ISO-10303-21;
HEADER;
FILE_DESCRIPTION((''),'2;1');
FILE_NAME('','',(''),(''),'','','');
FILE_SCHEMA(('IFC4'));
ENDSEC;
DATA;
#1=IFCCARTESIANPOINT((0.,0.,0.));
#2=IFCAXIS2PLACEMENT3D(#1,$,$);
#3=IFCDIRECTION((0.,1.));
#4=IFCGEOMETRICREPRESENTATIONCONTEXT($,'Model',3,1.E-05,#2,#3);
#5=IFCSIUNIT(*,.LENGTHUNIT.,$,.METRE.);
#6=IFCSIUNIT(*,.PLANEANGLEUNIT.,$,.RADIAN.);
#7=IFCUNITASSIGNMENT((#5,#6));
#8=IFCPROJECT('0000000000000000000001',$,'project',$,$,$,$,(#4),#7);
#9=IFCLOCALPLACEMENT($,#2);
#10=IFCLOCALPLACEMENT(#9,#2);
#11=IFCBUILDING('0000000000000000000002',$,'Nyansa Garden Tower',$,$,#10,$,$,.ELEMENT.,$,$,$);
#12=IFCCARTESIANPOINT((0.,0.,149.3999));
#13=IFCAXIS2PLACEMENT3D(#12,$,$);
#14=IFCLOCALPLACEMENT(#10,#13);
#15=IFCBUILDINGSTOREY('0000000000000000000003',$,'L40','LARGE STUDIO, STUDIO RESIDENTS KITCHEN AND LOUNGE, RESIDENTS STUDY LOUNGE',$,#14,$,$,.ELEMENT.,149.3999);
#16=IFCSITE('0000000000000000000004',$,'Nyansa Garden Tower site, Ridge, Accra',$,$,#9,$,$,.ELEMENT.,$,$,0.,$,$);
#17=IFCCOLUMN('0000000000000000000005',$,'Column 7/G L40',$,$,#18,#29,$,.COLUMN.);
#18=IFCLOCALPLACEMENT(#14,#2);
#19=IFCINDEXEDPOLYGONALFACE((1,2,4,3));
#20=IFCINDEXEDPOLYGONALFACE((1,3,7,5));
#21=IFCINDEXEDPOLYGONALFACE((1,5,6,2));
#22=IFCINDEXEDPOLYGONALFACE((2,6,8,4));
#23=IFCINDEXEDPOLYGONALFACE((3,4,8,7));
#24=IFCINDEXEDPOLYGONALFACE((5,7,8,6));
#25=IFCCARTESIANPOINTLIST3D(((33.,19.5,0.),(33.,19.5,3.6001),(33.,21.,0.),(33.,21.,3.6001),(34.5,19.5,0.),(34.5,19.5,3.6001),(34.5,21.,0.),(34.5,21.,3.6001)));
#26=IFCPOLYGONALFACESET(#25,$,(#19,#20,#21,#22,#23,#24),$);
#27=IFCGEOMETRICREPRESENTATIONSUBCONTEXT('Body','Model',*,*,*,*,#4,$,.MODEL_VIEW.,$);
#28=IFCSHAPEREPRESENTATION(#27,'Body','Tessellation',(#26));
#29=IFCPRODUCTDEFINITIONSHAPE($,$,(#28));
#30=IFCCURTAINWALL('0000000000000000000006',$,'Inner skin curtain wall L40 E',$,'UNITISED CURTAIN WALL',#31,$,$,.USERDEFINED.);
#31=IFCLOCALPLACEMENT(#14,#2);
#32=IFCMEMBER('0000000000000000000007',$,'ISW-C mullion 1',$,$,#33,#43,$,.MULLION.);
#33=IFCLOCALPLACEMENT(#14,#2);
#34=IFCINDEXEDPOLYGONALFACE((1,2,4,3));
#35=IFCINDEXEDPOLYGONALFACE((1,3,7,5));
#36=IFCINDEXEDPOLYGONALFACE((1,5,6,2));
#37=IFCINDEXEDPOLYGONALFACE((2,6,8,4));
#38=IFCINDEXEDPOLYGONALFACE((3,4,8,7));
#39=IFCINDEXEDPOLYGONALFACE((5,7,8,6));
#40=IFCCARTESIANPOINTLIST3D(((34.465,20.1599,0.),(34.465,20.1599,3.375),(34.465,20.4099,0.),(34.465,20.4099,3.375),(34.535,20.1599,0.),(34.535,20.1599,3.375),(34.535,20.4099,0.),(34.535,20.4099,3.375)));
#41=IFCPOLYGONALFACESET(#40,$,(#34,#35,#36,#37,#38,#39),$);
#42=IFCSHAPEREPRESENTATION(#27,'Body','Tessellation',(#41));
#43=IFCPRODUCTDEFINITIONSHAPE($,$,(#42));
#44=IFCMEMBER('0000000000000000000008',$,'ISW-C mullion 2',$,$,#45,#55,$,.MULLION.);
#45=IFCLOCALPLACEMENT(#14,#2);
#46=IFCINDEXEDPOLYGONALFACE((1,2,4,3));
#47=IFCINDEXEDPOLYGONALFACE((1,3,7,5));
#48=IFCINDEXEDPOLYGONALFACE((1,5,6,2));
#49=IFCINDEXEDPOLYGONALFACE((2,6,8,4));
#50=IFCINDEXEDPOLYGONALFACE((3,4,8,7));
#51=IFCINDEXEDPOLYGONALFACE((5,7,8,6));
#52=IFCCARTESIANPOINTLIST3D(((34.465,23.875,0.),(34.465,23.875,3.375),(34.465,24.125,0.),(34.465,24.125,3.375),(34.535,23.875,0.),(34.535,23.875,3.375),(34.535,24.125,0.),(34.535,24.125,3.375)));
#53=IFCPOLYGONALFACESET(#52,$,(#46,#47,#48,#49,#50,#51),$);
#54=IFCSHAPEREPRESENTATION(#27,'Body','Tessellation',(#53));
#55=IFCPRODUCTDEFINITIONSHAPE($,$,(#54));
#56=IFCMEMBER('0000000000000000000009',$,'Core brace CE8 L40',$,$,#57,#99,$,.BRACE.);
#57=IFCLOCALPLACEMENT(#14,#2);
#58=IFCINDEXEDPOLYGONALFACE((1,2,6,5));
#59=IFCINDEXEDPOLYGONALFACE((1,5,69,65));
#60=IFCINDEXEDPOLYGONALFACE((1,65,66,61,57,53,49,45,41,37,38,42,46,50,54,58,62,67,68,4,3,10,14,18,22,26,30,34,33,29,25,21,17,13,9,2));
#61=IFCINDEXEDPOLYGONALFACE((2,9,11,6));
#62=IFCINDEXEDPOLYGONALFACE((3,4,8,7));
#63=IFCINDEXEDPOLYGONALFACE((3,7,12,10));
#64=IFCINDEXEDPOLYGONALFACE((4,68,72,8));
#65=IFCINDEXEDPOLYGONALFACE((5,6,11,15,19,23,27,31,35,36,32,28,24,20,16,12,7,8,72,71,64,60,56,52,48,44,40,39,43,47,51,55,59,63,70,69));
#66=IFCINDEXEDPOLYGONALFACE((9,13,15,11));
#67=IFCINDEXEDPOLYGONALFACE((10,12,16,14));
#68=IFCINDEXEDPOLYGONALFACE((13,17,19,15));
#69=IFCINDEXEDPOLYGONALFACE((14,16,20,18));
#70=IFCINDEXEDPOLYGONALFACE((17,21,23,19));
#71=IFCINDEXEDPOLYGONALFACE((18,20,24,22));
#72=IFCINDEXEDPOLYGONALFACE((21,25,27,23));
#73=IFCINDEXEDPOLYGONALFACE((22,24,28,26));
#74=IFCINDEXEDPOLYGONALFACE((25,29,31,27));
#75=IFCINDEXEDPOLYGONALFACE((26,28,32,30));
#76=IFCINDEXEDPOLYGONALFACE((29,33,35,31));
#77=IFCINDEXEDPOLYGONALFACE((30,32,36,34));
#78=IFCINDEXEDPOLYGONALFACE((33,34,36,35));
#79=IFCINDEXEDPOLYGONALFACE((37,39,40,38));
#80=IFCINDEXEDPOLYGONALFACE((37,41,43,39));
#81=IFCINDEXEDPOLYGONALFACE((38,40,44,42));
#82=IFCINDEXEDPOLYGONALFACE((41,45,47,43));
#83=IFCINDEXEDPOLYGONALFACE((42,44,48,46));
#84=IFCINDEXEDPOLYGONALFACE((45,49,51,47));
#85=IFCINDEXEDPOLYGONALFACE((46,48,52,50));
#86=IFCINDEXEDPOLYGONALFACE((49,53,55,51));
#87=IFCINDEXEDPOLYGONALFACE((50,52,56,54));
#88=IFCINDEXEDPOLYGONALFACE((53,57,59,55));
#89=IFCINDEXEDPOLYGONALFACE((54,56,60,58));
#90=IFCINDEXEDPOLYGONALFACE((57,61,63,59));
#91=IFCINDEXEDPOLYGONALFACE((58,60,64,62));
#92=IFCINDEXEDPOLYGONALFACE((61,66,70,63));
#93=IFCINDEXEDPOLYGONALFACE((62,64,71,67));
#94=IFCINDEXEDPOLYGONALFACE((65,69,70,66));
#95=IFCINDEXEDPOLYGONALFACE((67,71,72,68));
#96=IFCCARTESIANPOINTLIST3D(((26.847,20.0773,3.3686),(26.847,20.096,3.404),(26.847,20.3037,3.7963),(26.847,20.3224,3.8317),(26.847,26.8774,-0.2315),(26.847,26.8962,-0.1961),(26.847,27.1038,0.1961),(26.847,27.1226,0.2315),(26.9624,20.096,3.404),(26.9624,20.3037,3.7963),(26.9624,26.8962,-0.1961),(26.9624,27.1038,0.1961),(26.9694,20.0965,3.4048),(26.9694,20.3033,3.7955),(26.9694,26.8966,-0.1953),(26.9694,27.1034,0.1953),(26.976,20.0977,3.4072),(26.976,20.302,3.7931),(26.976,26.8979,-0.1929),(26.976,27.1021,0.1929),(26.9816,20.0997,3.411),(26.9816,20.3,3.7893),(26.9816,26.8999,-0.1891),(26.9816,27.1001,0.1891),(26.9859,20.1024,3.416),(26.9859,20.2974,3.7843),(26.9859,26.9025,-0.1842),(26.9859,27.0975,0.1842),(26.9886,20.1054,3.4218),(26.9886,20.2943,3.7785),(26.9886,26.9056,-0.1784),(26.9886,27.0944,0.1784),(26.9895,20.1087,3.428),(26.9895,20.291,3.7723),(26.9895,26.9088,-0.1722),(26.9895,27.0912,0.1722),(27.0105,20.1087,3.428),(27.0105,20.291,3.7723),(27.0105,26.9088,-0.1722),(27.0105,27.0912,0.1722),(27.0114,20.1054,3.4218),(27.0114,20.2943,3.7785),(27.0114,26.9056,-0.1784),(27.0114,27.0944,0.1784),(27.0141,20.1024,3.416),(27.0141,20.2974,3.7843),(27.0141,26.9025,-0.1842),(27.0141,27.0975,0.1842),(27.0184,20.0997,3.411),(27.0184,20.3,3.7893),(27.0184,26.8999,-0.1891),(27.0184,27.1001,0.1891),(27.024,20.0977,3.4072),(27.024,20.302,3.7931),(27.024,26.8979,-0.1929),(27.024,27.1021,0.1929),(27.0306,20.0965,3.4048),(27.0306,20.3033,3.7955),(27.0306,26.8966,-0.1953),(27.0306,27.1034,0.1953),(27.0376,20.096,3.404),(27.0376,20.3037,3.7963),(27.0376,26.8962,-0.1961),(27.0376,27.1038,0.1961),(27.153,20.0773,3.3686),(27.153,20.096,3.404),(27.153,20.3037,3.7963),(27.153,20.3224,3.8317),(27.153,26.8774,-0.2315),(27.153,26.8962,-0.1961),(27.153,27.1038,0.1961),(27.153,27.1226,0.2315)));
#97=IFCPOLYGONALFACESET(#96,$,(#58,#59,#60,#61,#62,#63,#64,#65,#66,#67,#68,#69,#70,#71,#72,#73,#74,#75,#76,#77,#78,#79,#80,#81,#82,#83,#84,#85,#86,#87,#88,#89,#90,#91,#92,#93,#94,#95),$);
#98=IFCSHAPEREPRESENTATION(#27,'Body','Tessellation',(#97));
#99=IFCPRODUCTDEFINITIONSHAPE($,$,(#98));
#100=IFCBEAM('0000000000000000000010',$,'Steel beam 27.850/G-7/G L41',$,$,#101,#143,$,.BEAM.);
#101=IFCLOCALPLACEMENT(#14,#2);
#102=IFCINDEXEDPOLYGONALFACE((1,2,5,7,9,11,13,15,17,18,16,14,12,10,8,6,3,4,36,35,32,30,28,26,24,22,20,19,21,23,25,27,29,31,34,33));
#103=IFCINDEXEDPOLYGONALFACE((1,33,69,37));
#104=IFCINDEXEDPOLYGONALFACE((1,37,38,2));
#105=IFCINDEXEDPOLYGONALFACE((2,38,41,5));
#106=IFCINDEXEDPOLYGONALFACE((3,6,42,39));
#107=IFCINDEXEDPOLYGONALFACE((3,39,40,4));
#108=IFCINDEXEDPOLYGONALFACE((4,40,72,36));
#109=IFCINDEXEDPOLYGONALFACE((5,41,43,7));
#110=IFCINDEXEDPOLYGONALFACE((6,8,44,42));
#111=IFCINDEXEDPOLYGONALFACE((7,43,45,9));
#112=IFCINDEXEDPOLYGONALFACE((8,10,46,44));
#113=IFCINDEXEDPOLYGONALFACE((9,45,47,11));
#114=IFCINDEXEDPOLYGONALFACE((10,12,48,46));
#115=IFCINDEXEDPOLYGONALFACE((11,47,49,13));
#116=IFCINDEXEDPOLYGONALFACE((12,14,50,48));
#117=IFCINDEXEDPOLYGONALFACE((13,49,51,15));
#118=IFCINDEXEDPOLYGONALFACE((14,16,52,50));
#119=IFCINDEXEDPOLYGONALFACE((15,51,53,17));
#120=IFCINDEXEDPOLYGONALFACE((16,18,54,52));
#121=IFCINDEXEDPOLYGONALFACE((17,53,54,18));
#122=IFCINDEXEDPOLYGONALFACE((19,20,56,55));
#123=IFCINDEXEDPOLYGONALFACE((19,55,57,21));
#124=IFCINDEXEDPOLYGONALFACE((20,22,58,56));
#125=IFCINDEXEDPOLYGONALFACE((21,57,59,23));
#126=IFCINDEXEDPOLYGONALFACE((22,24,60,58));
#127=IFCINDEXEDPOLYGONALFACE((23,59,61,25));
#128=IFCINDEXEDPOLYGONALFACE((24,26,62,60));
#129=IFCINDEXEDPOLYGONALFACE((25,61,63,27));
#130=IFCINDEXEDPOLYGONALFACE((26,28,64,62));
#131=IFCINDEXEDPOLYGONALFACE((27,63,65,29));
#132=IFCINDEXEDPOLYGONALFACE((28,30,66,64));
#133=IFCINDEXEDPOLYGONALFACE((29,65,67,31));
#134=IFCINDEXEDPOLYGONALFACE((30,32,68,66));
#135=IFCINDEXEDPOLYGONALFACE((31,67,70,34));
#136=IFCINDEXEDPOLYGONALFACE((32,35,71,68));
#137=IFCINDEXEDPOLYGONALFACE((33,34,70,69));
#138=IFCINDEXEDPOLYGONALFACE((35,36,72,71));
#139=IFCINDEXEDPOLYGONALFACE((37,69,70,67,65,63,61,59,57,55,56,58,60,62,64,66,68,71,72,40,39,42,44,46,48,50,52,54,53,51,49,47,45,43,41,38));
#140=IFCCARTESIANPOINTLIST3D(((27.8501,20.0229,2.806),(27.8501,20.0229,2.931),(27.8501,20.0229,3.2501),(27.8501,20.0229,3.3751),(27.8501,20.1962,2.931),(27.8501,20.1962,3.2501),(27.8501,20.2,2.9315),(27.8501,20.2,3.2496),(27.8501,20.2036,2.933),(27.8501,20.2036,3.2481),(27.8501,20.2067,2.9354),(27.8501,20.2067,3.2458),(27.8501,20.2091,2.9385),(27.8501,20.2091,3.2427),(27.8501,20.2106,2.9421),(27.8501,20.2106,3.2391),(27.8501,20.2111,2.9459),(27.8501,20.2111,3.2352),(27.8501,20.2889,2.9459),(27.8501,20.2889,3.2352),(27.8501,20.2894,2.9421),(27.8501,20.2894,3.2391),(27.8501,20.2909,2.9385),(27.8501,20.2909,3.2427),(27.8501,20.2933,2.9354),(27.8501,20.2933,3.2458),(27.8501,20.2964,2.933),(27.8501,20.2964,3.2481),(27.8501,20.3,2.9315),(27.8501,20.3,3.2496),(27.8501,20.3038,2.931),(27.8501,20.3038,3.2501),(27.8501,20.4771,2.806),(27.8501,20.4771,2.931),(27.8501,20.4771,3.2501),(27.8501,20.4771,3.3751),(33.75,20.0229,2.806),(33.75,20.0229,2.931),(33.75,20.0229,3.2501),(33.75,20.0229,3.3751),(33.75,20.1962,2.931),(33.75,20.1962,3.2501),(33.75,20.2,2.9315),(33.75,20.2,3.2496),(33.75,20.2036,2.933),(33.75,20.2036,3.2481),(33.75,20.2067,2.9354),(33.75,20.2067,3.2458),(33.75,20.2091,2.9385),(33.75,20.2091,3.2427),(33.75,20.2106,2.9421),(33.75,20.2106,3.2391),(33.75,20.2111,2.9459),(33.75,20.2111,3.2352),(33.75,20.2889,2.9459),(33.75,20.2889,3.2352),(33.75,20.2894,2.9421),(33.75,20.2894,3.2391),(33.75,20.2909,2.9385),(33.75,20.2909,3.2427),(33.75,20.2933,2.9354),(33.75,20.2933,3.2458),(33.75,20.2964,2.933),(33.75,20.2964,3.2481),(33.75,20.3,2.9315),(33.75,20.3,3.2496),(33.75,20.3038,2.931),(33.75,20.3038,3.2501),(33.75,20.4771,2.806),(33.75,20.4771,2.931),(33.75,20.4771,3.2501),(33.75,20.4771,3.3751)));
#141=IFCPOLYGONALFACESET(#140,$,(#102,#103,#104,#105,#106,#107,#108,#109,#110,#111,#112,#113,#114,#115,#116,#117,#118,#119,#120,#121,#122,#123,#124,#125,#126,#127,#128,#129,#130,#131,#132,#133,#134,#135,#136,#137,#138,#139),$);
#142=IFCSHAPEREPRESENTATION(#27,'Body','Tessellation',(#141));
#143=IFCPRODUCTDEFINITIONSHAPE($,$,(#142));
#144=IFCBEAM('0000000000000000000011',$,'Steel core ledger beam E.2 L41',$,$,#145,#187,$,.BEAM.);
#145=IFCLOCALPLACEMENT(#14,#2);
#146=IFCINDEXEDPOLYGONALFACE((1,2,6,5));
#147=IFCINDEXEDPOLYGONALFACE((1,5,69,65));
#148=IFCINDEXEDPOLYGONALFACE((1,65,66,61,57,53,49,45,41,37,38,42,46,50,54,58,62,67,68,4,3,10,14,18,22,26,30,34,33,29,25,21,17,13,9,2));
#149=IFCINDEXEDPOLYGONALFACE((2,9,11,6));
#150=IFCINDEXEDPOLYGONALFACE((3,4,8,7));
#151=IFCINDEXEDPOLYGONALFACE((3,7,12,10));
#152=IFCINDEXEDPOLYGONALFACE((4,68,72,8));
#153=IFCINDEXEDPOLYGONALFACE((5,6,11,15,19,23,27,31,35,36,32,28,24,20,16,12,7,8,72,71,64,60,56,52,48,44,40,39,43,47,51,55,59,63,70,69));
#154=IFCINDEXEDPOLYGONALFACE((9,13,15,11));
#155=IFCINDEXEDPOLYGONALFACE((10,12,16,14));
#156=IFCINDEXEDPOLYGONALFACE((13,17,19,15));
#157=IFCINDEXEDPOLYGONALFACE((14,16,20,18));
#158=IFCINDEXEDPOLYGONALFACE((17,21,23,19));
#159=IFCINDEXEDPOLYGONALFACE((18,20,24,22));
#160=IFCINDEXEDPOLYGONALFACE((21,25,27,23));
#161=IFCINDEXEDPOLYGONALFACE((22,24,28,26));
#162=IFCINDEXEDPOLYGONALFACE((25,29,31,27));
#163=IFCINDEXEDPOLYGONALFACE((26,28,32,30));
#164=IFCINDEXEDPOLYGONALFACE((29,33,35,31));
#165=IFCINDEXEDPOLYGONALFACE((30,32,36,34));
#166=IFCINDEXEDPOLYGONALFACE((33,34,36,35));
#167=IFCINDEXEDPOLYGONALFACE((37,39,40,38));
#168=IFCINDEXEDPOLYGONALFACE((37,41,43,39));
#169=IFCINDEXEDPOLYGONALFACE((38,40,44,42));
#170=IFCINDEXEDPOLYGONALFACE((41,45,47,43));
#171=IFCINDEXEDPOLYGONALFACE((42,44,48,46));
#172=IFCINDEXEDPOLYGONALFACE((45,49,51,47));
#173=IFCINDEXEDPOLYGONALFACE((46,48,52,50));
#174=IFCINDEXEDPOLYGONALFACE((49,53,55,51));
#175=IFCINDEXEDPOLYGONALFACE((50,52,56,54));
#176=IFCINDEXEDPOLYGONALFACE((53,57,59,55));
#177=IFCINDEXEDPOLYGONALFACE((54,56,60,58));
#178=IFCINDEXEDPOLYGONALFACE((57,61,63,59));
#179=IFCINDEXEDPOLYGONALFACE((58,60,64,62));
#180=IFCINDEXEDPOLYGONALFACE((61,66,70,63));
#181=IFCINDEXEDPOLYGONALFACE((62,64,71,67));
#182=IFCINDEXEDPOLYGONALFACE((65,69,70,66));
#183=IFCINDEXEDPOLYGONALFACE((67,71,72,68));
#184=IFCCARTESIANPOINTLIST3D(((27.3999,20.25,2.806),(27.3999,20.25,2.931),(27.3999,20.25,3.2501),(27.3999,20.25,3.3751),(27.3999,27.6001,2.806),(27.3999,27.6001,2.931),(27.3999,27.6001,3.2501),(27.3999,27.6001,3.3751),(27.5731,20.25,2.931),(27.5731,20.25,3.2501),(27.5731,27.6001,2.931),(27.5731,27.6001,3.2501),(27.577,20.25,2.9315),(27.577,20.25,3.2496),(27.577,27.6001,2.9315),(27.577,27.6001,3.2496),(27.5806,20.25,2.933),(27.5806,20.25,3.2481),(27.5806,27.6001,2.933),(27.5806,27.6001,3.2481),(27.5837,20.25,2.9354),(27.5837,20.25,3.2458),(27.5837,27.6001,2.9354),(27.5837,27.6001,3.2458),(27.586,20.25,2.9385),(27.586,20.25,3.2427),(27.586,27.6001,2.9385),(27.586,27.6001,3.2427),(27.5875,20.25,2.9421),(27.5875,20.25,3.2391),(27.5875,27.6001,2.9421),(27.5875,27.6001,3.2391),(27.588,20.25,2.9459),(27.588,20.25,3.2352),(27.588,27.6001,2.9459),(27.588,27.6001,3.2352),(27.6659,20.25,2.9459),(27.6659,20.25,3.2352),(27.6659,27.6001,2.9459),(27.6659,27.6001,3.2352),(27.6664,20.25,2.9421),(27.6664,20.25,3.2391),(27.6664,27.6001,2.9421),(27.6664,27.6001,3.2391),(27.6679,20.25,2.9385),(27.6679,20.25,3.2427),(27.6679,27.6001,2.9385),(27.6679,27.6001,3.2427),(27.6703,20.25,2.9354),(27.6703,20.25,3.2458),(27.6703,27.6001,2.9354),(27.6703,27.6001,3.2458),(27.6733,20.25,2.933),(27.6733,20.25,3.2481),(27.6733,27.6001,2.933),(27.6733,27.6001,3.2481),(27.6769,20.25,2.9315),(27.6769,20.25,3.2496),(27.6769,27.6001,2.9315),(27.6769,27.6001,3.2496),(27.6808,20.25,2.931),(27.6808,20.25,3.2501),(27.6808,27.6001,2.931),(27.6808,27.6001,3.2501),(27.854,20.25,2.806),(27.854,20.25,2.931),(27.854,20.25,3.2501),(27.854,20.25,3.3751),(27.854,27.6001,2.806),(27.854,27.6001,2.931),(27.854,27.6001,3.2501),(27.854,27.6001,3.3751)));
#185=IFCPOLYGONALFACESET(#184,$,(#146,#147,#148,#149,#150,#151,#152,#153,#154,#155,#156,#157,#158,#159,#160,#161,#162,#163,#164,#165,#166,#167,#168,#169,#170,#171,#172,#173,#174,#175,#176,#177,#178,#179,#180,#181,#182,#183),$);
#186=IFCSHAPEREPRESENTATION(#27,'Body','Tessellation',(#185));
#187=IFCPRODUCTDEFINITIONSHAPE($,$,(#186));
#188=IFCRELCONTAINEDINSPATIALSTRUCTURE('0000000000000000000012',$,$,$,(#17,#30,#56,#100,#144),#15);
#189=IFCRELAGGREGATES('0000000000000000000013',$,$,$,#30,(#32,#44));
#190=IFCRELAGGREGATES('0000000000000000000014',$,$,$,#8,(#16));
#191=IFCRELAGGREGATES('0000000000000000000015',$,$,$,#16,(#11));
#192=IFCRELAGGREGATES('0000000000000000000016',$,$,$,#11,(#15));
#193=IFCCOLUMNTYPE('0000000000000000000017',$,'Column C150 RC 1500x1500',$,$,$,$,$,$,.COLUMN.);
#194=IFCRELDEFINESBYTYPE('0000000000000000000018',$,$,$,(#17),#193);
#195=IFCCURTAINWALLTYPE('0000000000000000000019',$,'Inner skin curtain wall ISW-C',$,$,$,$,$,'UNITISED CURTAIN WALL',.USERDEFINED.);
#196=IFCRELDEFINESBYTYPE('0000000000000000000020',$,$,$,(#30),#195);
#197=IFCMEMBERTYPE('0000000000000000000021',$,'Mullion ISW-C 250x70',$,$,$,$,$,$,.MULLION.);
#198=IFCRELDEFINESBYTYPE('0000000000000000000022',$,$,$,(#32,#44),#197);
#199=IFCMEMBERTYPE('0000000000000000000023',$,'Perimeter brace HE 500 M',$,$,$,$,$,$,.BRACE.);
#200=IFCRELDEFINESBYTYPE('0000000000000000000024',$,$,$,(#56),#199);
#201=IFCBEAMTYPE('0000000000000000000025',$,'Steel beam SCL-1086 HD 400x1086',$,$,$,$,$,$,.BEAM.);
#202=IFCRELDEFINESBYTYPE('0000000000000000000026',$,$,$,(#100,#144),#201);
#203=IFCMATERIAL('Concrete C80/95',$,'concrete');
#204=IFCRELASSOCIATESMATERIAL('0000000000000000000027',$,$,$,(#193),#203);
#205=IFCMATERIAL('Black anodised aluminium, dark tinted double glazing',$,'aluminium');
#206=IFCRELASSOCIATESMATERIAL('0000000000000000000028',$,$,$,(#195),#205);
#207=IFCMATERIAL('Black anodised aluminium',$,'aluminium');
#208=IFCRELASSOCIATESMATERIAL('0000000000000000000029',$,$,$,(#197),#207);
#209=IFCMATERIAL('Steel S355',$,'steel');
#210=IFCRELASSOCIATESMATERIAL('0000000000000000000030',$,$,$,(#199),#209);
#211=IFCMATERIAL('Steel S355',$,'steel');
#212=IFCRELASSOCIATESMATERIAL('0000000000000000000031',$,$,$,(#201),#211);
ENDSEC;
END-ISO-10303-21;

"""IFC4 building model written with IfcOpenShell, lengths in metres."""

from ifc_helpers import new_model, si_unit, direction, frame, origin, origin_2d, place, context, subcontext, project, spatial, rectangle, i_section, extrude, material, material_profile, profile_set, type_object, element, aggregate, save


model = new_model("IFC4")

# Units and contexts
model_context = context("Model", 3, precision=1e-05, world=origin(), true_north=direction((0.0, 1.0)))
body_context = subcontext(model_context, "Body", "Model", "MODEL_VIEW")
ifc_project = project(units=[si_unit("LENGTHUNIT", "METRE"), si_unit("PLANEANGLEUNIT", "RADIAN")], contexts=[model_context])

# Site, building, storey
site_placement = place(None, origin())
site = spatial("IfcSite", under=ifc_project, at=site_placement, Name="Nyansa Garden Tower site, Ridge, Accra", CompositionType="ELEMENT", RefElevation=0.0)
building_placement = place(site_placement, origin())
building = spatial("IfcBuilding", under=site, at=building_placement, Name="Nyansa Garden Tower", CompositionType="ELEMENT")
storey_placement = place(building_placement, frame((0.0, 0.0, 149.3999)))
storey = spatial("IfcBuildingStorey", under=building, at=storey_placement, Name="L40", Description="LARGE STUDIO, STUDIO RESIDENTS KITCHEN AND LOUNGE, RESIDENTS STUDY LOUNGE", CompositionType="ELEMENT", Elevation=149.3999)

# Column
ifc_material_1 = material(Name="Concrete C80/95", Category="concrete")
ifc_material_profile_1 = material_profile(ifc_material_1, rectangle(XDim=1.5, YDim=1.5, at=origin_2d()), Name="RC 1500x1500")
ifc_profile_set_1 = profile_set([ifc_material_profile_1], Name="Concrete C80/95")
column_type = type_object("IfcColumnType", Name="Column C150 RC 1500x1500", PredefinedType="COLUMN", material=ifc_profile_set_1)
column_placement = place(storey_placement, frame((33.75, 20.25, 0.0), z_axis=(0.0, 0.0, 1.0), x_axis=(1.0, 0.0, 0.0)))
element("IfcColumn", 1, at=column_placement, inside=storey, type_object=column_type, Name="Column 7/G L40", PredefinedType="COLUMN", context=body_context, shape_type="SweptSolid", body=[
    extrude(rectangle(XDim=1.5, YDim=1.5, at=origin_2d()), origin(), (0.0, 0.0, 1.0), 3.6001),
])

# Curtain wall, members
ifc_material_2 = material(Name="Black anodised aluminium, dark tinted double glazing", Category="aluminium")
curtain_wall_type = type_object("IfcCurtainWallType", Name="Inner skin curtain wall ISW-C", ElementType="UNITISED CURTAIN WALL", PredefinedType="USERDEFINED", material=ifc_material_2)
curtain_wall_placement = place(storey_placement, origin())
curtain_wall = element("IfcCurtainWall", 2, at=curtain_wall_placement, inside=storey, type_object=curtain_wall_type, Name="Inner skin curtain wall L40 E", ObjectType="UNITISED CURTAIN WALL", PredefinedType="USERDEFINED")
ifc_material_3 = material(Name="Black anodised aluminium", Category="aluminium")
ifc_material_profile_2 = material_profile(ifc_material_3, rectangle(XDim=0.0701, YDim=0.25, at=origin_2d()), Name="Mullion 250x70")
ifc_profile_set_2 = profile_set([ifc_material_profile_2], Name="Black anodised aluminium")
member_type_1 = type_object("IfcMemberType", Name="Mullion ISW-C 250x70", PredefinedType="MULLION", material=ifc_profile_set_2)
member_1_placement = place(storey_placement, frame((34.5, 20.2849, 0.0), z_axis=(0.0, 0.0, 1.0), x_axis=(-1.0, 0.0, 0.0)))
member_1 = element("IfcMember", 3, at=member_1_placement, type_object=member_type_1, Name="ISW-C mullion 1", PredefinedType="MULLION", context=body_context, shape_type="SweptSolid", body=[
    extrude(rectangle(XDim=0.0701, YDim=0.25, at=origin_2d()), origin(), (0.0, 0.0, 1.0), 3.375),
])
member_2_placement = place(storey_placement, frame((34.5, 24.0, 0.0), z_axis=(0.0, 0.0, 1.0), x_axis=(-1.0, 0.0, 0.0)))
member_2 = element("IfcMember", 4, at=member_2_placement, type_object=member_type_1, Name="ISW-C mullion 2", PredefinedType="MULLION", context=body_context, shape_type="SweptSolid", body=[
    extrude(rectangle(XDim=0.0701, YDim=0.25, at=origin_2d()), origin(), (0.0, 0.0, 1.0), 3.375),
])

# Member
ifc_material_4 = material(Name="Steel S355", Category="steel")
ifc_material_profile_3 = material_profile(ifc_material_4, i_section(OverallWidth=0.3059, OverallDepth=0.5239, WebThickness=0.021, FlangeThickness=0.04, FilletRadius=0.0271, at=origin_2d()), Name="HE 500 M")
ifc_profile_set_3 = profile_set([ifc_material_profile_3], Name="Steel S355")
member_type_2 = type_object("IfcMemberType", Name="Perimeter brace HE 500 M", PredefinedType="BRACE", material=ifc_profile_set_3)
member_3_placement = place(storey_placement, frame((27.0, 27.0, 0.0), z_axis=(0.0, -0.883784, 0.467895), x_axis=(1.0, 0.0, 0.0)))
element("IfcMember", 5, at=member_3_placement, inside=storey, type_object=member_type_2, Name="Core brace CE8 L40", PredefinedType="BRACE", context=body_context, shape_type="SweptSolid", body=[
    extrude(i_section(OverallWidth=0.3059, OverallDepth=0.5239, WebThickness=0.021, FlangeThickness=0.04, FilletRadius=0.0271, at=origin_2d()), origin(), (0.0, 0.0, 1.0), 7.6943),
])

# Beams
ifc_material_5 = material(Name="Steel S355", Category="steel")
ifc_material_profile_4 = material_profile(ifc_material_5, i_section(OverallWidth=0.4541, OverallDepth=0.5691, WebThickness=0.0779, FlangeThickness=0.125, FilletRadius=0.0149, at=origin_2d()), Name="HD 400x1086")
ifc_profile_set_4 = profile_set([ifc_material_profile_4], Name="Steel S355")
beam_type_1 = type_object("IfcBeamType", Name="Steel beam SCL-1086 HD 400x1086", PredefinedType="BEAM", material=ifc_profile_set_4)
beam_1_placement = place(storey_placement, frame((27.8501, 20.25, 3.0906), z_axis=(1.0, 0.0, 0.0), x_axis=(0.0, 1.0, 0.0)))
element("IfcBeam", 6, at=beam_1_placement, inside=storey, type_object=beam_type_1, Name="Steel beam 27.850/G-7/G L41", PredefinedType="BEAM", context=body_context, shape_type="SweptSolid", body=[
    extrude(i_section(OverallWidth=0.4541, OverallDepth=0.5691, WebThickness=0.0779, FlangeThickness=0.125, FilletRadius=0.0149, at=origin_2d()), origin(), (0.0, 0.0, 1.0), 5.8999),
])
beam_2_placement = place(storey_placement, frame((27.627, 20.25, 3.0906), z_axis=(0.0, 1.0, 0.0), x_axis=(-1.0, 0.0, 0.0)))
element("IfcBeam", 7, at=beam_2_placement, inside=storey, type_object=beam_type_1, Name="Steel core ledger beam E.2 L41", PredefinedType="BEAM", context=body_context, shape_type="SweptSolid", body=[
    extrude(i_section(OverallWidth=0.4541, OverallDepth=0.5691, WebThickness=0.0779, FlangeThickness=0.125, FilletRadius=0.0149, at=origin_2d()), origin(), (0.0, 0.0, 1.0), 7.3501),
])

aggregate(curtain_wall, [member_1, member_2])

save(model, "model.ifc")
